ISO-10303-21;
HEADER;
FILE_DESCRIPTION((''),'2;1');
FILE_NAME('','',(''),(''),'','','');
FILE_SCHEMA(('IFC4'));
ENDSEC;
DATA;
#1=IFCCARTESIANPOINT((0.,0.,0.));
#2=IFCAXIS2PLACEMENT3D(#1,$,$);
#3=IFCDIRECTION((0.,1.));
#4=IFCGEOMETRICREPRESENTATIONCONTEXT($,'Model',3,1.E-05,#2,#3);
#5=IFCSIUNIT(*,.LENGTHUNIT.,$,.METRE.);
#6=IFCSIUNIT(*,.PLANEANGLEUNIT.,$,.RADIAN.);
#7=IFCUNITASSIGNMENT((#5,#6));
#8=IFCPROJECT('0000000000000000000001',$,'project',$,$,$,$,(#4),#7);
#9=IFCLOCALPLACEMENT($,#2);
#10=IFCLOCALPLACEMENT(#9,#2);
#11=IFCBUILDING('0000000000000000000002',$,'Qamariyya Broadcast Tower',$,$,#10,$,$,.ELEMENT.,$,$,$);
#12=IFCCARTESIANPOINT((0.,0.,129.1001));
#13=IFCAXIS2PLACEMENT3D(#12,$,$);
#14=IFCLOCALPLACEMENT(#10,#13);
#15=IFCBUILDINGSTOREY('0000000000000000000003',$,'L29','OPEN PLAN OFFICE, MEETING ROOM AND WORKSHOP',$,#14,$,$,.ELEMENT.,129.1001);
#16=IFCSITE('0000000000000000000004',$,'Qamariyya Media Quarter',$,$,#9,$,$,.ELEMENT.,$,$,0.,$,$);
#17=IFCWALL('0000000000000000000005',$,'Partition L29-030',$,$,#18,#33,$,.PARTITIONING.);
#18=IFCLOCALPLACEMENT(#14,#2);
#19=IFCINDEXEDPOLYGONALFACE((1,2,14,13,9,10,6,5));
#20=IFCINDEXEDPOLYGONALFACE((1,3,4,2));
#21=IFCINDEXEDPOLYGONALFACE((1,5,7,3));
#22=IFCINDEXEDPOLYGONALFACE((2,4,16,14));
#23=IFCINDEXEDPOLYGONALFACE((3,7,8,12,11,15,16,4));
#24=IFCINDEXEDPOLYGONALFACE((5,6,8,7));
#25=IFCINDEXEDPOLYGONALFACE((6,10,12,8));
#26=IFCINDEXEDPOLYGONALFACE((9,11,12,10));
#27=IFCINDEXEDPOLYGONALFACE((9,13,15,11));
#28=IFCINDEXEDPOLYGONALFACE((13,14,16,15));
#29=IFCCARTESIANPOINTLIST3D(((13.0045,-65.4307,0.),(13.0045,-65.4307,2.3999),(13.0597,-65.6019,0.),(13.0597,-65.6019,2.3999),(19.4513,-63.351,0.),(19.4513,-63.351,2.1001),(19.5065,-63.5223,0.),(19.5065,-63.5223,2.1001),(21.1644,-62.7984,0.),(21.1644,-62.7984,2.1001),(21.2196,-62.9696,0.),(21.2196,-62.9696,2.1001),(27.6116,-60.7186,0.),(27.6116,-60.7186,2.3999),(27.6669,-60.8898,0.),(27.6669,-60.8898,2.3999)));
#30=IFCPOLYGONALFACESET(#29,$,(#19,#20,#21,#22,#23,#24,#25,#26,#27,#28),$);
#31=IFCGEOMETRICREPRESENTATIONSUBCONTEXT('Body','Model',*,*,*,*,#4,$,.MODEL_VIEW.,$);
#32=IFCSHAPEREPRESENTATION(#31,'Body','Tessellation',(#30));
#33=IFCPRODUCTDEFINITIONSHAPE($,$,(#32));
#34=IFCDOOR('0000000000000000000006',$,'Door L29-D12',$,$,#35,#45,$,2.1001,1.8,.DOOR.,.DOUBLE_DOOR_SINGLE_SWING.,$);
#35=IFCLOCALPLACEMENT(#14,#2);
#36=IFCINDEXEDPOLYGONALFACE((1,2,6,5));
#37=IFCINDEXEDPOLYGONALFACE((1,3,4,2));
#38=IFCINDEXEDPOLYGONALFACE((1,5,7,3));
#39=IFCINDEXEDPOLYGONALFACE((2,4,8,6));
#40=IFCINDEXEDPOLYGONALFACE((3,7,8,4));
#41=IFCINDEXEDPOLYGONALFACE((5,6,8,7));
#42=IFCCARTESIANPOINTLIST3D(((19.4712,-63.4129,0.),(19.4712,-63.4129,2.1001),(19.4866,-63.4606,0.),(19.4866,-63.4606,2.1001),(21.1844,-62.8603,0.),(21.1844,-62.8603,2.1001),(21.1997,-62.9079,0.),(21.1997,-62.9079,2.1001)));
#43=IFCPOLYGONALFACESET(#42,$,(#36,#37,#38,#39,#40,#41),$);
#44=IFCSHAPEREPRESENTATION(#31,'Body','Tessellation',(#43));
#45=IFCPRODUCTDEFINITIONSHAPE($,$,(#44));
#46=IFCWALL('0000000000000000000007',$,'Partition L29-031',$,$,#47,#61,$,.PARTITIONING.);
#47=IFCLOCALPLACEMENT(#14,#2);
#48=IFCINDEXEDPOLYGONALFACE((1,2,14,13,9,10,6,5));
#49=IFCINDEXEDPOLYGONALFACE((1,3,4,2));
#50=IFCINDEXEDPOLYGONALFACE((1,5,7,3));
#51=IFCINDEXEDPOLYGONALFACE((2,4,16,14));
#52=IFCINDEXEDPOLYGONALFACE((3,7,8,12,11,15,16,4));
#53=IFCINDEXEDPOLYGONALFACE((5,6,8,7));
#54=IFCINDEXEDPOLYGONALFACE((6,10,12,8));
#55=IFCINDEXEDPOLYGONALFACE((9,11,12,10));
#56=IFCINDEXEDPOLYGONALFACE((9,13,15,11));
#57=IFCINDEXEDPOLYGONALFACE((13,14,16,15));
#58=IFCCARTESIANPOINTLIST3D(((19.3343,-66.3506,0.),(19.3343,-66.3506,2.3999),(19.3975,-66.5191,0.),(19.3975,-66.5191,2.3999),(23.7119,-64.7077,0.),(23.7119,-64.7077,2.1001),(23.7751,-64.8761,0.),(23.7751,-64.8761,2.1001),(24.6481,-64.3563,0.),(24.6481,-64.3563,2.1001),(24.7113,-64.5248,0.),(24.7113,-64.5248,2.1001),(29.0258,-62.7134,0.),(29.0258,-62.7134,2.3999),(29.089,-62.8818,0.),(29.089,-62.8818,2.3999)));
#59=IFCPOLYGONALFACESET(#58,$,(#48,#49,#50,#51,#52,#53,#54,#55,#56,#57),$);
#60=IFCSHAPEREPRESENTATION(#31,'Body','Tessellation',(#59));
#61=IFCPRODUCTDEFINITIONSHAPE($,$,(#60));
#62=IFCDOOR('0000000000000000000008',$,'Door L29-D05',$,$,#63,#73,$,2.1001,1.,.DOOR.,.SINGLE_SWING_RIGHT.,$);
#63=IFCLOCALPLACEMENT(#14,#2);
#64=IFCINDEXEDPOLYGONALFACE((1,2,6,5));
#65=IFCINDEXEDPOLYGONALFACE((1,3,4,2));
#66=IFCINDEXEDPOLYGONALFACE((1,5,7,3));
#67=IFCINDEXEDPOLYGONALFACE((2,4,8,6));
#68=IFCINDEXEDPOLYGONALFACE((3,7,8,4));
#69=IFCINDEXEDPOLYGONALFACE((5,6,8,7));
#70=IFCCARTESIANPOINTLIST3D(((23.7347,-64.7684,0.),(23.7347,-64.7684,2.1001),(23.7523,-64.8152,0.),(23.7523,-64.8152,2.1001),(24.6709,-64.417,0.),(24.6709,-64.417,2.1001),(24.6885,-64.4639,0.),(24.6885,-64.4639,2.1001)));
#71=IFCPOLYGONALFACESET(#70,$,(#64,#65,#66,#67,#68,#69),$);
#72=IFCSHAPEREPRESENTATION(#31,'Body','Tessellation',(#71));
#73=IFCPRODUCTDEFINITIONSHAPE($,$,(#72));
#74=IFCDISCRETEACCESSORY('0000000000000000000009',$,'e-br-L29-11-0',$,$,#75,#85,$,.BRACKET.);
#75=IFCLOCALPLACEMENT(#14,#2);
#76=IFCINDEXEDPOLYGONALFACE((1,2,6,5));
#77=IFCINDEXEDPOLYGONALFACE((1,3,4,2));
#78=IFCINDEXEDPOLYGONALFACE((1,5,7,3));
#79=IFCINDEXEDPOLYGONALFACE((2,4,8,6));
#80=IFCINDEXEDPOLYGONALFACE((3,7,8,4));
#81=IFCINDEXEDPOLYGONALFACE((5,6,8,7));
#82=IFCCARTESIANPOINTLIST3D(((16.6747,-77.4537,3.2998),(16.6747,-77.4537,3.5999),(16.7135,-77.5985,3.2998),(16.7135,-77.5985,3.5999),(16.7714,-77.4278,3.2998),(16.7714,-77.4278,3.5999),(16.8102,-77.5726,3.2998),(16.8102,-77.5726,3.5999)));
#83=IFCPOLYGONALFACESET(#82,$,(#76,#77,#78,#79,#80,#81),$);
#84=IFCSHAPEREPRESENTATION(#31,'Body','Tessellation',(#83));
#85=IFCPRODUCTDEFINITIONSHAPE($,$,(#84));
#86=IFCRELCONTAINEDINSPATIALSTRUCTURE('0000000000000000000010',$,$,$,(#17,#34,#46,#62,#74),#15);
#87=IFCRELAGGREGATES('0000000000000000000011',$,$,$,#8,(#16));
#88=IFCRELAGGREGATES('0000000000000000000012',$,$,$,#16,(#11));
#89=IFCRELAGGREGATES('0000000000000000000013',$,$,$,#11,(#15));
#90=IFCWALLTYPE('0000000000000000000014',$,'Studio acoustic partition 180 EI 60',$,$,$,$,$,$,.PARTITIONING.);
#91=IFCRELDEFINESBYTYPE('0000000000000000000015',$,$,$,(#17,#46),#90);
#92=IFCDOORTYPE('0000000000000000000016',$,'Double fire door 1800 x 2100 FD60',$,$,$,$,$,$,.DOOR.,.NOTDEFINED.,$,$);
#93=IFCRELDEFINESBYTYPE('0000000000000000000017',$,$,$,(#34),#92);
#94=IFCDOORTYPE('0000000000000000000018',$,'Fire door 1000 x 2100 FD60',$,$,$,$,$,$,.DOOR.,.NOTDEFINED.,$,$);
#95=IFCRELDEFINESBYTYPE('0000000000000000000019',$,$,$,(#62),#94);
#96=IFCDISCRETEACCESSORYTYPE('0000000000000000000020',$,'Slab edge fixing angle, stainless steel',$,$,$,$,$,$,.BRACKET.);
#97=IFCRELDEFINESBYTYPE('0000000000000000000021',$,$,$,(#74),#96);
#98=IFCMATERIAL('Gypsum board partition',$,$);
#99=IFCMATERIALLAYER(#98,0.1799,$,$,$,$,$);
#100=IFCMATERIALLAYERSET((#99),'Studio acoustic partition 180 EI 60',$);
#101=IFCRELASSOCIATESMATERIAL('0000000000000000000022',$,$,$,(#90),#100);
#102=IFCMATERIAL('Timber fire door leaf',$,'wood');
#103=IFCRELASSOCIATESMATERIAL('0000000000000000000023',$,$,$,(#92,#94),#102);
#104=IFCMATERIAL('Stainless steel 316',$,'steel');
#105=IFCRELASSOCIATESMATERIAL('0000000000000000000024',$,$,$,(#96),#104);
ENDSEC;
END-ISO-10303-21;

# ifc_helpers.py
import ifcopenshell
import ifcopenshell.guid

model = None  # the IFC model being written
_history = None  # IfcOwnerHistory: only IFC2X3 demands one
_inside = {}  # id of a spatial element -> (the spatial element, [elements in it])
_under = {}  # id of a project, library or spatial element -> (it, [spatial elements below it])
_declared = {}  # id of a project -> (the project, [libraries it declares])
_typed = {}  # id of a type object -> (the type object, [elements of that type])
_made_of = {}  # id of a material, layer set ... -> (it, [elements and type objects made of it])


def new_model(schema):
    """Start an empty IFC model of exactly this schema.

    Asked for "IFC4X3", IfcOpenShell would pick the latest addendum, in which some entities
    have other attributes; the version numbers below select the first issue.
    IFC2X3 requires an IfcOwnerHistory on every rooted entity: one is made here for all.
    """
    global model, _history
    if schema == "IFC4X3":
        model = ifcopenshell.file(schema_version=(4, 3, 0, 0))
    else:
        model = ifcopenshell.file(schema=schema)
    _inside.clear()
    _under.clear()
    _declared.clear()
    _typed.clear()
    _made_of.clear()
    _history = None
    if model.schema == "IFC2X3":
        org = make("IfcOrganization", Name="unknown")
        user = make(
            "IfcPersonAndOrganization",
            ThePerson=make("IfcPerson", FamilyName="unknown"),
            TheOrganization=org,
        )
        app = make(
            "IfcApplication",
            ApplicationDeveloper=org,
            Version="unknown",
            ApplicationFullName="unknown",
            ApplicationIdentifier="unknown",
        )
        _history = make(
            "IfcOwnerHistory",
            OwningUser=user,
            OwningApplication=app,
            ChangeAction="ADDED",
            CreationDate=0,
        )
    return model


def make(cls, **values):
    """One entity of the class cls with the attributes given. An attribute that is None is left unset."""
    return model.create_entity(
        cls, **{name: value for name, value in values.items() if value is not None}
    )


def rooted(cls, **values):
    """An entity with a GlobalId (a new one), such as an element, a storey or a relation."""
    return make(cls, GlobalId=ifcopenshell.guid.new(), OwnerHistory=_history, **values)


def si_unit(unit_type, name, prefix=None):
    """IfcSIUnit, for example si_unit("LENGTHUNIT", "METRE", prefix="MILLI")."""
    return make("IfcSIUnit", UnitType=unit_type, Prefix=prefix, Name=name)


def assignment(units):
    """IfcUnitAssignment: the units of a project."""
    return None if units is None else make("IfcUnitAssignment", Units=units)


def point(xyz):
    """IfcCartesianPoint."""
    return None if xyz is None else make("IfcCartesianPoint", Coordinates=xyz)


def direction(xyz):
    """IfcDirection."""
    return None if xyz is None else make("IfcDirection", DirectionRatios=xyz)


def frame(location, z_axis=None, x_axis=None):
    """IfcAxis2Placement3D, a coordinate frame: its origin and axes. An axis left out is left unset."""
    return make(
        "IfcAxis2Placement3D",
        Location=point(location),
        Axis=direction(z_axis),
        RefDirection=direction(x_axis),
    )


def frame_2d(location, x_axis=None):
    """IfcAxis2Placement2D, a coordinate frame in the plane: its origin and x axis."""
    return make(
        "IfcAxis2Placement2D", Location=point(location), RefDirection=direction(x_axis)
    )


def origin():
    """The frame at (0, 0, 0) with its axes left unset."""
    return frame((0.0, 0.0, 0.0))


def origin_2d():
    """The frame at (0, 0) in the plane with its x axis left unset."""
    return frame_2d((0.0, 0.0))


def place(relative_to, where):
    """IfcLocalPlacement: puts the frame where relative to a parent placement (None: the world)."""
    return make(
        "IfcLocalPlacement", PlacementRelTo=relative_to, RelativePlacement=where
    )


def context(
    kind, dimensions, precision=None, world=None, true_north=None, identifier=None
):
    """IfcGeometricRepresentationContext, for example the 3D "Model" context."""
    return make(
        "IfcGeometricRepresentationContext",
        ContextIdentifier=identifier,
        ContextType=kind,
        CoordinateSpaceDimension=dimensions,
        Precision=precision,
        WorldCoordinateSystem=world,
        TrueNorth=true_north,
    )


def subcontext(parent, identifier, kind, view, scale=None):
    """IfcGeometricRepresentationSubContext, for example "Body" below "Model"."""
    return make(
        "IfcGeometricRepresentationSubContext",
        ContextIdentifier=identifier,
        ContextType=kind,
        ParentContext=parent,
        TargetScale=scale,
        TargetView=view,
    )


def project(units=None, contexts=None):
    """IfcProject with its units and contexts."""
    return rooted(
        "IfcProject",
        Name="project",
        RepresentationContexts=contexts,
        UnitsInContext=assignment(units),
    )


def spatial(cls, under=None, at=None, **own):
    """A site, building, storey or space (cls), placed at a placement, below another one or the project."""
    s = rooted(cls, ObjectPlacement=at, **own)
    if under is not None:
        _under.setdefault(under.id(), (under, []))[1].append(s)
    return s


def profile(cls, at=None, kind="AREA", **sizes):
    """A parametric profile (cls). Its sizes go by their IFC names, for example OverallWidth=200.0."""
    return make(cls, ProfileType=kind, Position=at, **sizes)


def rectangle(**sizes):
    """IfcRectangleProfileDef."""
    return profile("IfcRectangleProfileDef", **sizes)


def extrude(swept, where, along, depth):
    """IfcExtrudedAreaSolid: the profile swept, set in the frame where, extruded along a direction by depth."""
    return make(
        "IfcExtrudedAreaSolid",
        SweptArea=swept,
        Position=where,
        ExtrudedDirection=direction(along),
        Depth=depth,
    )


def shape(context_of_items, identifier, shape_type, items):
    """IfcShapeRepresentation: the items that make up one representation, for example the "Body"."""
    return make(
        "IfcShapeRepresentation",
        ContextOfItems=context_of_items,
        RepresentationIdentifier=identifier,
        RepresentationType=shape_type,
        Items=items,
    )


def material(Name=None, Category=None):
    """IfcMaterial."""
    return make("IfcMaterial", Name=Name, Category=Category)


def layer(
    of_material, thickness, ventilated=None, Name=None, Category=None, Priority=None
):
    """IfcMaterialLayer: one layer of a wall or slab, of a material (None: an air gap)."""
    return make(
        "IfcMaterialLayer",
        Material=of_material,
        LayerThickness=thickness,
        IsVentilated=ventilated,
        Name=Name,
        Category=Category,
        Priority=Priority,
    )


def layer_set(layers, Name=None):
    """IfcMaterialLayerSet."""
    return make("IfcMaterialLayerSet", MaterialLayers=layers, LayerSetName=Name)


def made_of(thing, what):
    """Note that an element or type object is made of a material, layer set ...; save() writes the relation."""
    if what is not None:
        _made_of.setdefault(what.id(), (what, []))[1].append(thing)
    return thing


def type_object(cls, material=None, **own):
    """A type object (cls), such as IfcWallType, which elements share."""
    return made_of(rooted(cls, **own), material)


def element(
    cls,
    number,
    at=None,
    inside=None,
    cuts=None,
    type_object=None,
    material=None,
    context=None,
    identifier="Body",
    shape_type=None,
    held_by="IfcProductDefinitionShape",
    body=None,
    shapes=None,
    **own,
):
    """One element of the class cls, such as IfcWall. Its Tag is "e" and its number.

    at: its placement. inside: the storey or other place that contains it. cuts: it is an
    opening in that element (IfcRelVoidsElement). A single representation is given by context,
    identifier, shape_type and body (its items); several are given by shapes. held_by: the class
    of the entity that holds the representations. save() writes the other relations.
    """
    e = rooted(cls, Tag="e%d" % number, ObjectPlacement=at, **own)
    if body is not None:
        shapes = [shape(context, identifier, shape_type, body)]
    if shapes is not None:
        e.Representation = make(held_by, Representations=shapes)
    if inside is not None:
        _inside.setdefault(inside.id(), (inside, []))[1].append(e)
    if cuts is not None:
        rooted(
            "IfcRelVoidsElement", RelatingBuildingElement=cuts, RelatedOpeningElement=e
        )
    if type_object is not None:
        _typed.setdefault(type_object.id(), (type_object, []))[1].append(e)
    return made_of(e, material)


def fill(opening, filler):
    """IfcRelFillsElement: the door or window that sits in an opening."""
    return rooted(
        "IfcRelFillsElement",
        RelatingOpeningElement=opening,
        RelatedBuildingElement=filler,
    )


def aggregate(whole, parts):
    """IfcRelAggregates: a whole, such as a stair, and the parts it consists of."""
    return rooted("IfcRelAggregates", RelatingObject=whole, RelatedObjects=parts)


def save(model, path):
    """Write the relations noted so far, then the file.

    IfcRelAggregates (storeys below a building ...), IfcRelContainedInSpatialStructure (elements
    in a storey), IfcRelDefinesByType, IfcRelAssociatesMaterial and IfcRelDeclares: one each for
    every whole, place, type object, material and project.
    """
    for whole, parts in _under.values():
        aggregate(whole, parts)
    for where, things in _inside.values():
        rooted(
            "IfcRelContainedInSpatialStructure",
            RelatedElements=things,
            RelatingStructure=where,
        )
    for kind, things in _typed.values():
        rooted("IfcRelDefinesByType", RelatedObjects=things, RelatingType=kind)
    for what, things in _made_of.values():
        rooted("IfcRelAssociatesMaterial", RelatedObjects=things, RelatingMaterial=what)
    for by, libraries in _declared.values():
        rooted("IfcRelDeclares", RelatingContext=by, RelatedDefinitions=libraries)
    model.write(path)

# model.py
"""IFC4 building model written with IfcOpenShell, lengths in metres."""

from ifc_helpers import new_model, si_unit, direction, frame, frame_2d, origin, origin_2d, place, context, subcontext, project, spatial, rectangle, extrude, material, layer, layer_set, type_object, element, fill, save


model = new_model("IFC4")

# Units and contexts
model_context = context("Model", 3, precision=1e-05, world=origin(), true_north=direction((0.0, 1.0)))
body_context = subcontext(model_context, "Body", "Model", "MODEL_VIEW")
ifc_project = project(units=[si_unit("LENGTHUNIT", "METRE"), si_unit("PLANEANGLEUNIT", "RADIAN")], contexts=[model_context])

# Site, building, storey
site_placement = place(None, origin())
site = spatial("IfcSite", under=ifc_project, at=site_placement, Name="Qamariyya Media Quarter", CompositionType="ELEMENT", RefElevation=0.0)
building_placement = place(site_placement, origin())
building = spatial("IfcBuilding", under=site, at=building_placement, Name="Qamariyya Broadcast Tower", CompositionType="ELEMENT")
storey_placement = place(building_placement, frame((0.0, 0.0, 129.1001)))
storey = spatial("IfcBuildingStorey", under=building, at=storey_placement, Name="L29", Description="OPEN PLAN OFFICE, MEETING ROOM AND WORKSHOP", CompositionType="ELEMENT", Elevation=129.1001)

# Shared definitions
ifc_material_1 = material(Name="Gypsum board partition")

# Walls, openings, doors
ifc_layer_1 = layer(ifc_material_1, 0.1799)
ifc_layer_set_1 = layer_set([ifc_layer_1], Name="Studio acoustic partition 180 EI 60")
wall_type_1 = type_object("IfcWallType", Name="Studio acoustic partition 180 EI 60", PredefinedType="PARTITIONING", material=ifc_layer_set_1)
ifc_material_2 = material(Name="Timber fire door leaf", Category="wood")
door_type_1 = type_object("IfcDoorType", Name="Double fire door 1800 x 2100 FD60", OperationType="NOTDEFINED", PredefinedType="DOOR", material=ifc_material_2)
wall_1_placement = place(storey_placement, frame((13.032, -65.5164, 0.0), z_axis=(0.0, 0.0, 1.0), x_axis=(0.951705, 0.307013, 0.0)))
wall_1 = element("IfcWall", 1, at=wall_1_placement, inside=storey, type_object=wall_type_1, Name="Partition L29-030", PredefinedType="PARTITIONING", context=body_context, shape_type="SweptSolid", body=[
    extrude(rectangle(XDim=15.3484, YDim=0.1799, at=frame_2d((7.6743, 0.0))), origin(), (0.0, 0.0, 1.0), 2.3999),
])
opening_1_placement = place(wall_1_placement, frame((6.7742, 0.0, 0.0)))
opening_1 = element("IfcOpeningElement", 2, at=opening_1_placement, cuts=wall_1, PredefinedType="OPENING", context=body_context, shape_type="SweptSolid", body=[
    extrude(rectangle(XDim=1.8, YDim=2.1001, at=frame_2d((0.8999, 1.05))), frame((0.0, 0.0999, 0.0), z_axis=(0.0, -1.0, 0.0), x_axis=(1.0, 0.0, 0.0)), (0.0, 0.0, 1.0), 0.2),
])
door_1_placement = place(opening_1_placement, origin())
door_1 = element("IfcDoor", 3, at=door_1_placement, inside=storey, type_object=door_type_1, Name="Door L29-D12", OperationType="DOUBLE_DOOR_SINGLE_SWING", OverallHeight=2.1001, OverallWidth=1.8, PredefinedType="DOOR", context=body_context, shape_type="SweptSolid", body=[
    extrude(rectangle(XDim=1.8, YDim=2.1001, at=frame_2d((0.8999, 1.05))), frame((0.0, 0.0249, 0.0), z_axis=(0.0, -1.0, 0.0), x_axis=(1.0, 0.0, 0.0)), (0.0, 0.0, 1.0), 0.05),
])
fill(opening_1, door_1)
wall_2_placement = place(storey_placement, frame((29.0574, -62.7976, 0.0), z_axis=(0.0, 0.0, 1.0), x_axis=(-0.936236, -0.351372, 0.0)))
wall_2 = element("IfcWall", 4, at=wall_2_placement, inside=storey, type_object=wall_type_1, Name="Partition L29-031", PredefinedType="PARTITIONING", context=body_context, shape_type="SweptSolid", body=[
    extrude(rectangle(XDim=10.3516, YDim=0.1799, at=frame_2d((5.1758, 0.0))), origin(), (0.0, 0.0, 1.0), 2.3999),
])
opening_2_placement = place(wall_2_placement, frame((4.6758, 0.0, 0.0)))
opening_2 = element("IfcOpeningElement", 5, at=opening_2_placement, cuts=wall_2, PredefinedType="OPENING", context=body_context, shape_type="SweptSolid", body=[
    extrude(rectangle(XDim=1.0, YDim=2.1001, at=frame_2d((0.5, 1.05))), frame((0.0, 0.0999, 0.0), z_axis=(0.0, -1.0, 0.0), x_axis=(1.0, 0.0, 0.0)), (0.0, 0.0, 1.0), 0.2),
])
door_type_2 = type_object("IfcDoorType", Name="Fire door 1000 x 2100 FD60", OperationType="NOTDEFINED", PredefinedType="DOOR", material=ifc_material_2)
door_2_placement = place(opening_2_placement, origin())
door_2 = element("IfcDoor", 6, at=door_2_placement, inside=storey, type_object=door_type_2, Name="Door L29-D05", OperationType="SINGLE_SWING_RIGHT", OverallHeight=2.1001, OverallWidth=1.0, PredefinedType="DOOR", context=body_context, shape_type="SweptSolid", body=[
    extrude(rectangle(XDim=1.0, YDim=2.1001, at=frame_2d((0.5, 1.05))), frame((0.0, 0.0249, 0.0), z_axis=(0.0, -1.0, 0.0), x_axis=(1.0, 0.0, 0.0)), (0.0, 0.0, 1.0), 0.05),
])
fill(opening_2, door_2)

# Discrete accessory
ifc_material_3 = material(Name="Stainless steel 316", Category="steel")
discrete_accessory_type = type_object("IfcDiscreteAccessoryType", Name="Slab edge fixing angle, stainless steel", PredefinedType="BRACKET", material=ifc_material_3)
discrete_accessory_placement = place(storey_placement, frame((16.7424, -77.5132, 3.2998), z_axis=(0.0, 0.0, 1.0), x_axis=(0.965926, 0.258819, 0.0)))
element("IfcDiscreteAccessory", 7, at=discrete_accessory_placement, inside=storey, type_object=discrete_accessory_type, Name="e-br-L29-11-0", PredefinedType="BRACKET", context=body_context, shape_type="SweptSolid", body=[
    extrude(rectangle(XDim=0.1001, YDim=0.1499, at=origin_2d()), origin(), (0.0, 0.0, 1.0), 0.3),
])

save(model, "model.ifc")
